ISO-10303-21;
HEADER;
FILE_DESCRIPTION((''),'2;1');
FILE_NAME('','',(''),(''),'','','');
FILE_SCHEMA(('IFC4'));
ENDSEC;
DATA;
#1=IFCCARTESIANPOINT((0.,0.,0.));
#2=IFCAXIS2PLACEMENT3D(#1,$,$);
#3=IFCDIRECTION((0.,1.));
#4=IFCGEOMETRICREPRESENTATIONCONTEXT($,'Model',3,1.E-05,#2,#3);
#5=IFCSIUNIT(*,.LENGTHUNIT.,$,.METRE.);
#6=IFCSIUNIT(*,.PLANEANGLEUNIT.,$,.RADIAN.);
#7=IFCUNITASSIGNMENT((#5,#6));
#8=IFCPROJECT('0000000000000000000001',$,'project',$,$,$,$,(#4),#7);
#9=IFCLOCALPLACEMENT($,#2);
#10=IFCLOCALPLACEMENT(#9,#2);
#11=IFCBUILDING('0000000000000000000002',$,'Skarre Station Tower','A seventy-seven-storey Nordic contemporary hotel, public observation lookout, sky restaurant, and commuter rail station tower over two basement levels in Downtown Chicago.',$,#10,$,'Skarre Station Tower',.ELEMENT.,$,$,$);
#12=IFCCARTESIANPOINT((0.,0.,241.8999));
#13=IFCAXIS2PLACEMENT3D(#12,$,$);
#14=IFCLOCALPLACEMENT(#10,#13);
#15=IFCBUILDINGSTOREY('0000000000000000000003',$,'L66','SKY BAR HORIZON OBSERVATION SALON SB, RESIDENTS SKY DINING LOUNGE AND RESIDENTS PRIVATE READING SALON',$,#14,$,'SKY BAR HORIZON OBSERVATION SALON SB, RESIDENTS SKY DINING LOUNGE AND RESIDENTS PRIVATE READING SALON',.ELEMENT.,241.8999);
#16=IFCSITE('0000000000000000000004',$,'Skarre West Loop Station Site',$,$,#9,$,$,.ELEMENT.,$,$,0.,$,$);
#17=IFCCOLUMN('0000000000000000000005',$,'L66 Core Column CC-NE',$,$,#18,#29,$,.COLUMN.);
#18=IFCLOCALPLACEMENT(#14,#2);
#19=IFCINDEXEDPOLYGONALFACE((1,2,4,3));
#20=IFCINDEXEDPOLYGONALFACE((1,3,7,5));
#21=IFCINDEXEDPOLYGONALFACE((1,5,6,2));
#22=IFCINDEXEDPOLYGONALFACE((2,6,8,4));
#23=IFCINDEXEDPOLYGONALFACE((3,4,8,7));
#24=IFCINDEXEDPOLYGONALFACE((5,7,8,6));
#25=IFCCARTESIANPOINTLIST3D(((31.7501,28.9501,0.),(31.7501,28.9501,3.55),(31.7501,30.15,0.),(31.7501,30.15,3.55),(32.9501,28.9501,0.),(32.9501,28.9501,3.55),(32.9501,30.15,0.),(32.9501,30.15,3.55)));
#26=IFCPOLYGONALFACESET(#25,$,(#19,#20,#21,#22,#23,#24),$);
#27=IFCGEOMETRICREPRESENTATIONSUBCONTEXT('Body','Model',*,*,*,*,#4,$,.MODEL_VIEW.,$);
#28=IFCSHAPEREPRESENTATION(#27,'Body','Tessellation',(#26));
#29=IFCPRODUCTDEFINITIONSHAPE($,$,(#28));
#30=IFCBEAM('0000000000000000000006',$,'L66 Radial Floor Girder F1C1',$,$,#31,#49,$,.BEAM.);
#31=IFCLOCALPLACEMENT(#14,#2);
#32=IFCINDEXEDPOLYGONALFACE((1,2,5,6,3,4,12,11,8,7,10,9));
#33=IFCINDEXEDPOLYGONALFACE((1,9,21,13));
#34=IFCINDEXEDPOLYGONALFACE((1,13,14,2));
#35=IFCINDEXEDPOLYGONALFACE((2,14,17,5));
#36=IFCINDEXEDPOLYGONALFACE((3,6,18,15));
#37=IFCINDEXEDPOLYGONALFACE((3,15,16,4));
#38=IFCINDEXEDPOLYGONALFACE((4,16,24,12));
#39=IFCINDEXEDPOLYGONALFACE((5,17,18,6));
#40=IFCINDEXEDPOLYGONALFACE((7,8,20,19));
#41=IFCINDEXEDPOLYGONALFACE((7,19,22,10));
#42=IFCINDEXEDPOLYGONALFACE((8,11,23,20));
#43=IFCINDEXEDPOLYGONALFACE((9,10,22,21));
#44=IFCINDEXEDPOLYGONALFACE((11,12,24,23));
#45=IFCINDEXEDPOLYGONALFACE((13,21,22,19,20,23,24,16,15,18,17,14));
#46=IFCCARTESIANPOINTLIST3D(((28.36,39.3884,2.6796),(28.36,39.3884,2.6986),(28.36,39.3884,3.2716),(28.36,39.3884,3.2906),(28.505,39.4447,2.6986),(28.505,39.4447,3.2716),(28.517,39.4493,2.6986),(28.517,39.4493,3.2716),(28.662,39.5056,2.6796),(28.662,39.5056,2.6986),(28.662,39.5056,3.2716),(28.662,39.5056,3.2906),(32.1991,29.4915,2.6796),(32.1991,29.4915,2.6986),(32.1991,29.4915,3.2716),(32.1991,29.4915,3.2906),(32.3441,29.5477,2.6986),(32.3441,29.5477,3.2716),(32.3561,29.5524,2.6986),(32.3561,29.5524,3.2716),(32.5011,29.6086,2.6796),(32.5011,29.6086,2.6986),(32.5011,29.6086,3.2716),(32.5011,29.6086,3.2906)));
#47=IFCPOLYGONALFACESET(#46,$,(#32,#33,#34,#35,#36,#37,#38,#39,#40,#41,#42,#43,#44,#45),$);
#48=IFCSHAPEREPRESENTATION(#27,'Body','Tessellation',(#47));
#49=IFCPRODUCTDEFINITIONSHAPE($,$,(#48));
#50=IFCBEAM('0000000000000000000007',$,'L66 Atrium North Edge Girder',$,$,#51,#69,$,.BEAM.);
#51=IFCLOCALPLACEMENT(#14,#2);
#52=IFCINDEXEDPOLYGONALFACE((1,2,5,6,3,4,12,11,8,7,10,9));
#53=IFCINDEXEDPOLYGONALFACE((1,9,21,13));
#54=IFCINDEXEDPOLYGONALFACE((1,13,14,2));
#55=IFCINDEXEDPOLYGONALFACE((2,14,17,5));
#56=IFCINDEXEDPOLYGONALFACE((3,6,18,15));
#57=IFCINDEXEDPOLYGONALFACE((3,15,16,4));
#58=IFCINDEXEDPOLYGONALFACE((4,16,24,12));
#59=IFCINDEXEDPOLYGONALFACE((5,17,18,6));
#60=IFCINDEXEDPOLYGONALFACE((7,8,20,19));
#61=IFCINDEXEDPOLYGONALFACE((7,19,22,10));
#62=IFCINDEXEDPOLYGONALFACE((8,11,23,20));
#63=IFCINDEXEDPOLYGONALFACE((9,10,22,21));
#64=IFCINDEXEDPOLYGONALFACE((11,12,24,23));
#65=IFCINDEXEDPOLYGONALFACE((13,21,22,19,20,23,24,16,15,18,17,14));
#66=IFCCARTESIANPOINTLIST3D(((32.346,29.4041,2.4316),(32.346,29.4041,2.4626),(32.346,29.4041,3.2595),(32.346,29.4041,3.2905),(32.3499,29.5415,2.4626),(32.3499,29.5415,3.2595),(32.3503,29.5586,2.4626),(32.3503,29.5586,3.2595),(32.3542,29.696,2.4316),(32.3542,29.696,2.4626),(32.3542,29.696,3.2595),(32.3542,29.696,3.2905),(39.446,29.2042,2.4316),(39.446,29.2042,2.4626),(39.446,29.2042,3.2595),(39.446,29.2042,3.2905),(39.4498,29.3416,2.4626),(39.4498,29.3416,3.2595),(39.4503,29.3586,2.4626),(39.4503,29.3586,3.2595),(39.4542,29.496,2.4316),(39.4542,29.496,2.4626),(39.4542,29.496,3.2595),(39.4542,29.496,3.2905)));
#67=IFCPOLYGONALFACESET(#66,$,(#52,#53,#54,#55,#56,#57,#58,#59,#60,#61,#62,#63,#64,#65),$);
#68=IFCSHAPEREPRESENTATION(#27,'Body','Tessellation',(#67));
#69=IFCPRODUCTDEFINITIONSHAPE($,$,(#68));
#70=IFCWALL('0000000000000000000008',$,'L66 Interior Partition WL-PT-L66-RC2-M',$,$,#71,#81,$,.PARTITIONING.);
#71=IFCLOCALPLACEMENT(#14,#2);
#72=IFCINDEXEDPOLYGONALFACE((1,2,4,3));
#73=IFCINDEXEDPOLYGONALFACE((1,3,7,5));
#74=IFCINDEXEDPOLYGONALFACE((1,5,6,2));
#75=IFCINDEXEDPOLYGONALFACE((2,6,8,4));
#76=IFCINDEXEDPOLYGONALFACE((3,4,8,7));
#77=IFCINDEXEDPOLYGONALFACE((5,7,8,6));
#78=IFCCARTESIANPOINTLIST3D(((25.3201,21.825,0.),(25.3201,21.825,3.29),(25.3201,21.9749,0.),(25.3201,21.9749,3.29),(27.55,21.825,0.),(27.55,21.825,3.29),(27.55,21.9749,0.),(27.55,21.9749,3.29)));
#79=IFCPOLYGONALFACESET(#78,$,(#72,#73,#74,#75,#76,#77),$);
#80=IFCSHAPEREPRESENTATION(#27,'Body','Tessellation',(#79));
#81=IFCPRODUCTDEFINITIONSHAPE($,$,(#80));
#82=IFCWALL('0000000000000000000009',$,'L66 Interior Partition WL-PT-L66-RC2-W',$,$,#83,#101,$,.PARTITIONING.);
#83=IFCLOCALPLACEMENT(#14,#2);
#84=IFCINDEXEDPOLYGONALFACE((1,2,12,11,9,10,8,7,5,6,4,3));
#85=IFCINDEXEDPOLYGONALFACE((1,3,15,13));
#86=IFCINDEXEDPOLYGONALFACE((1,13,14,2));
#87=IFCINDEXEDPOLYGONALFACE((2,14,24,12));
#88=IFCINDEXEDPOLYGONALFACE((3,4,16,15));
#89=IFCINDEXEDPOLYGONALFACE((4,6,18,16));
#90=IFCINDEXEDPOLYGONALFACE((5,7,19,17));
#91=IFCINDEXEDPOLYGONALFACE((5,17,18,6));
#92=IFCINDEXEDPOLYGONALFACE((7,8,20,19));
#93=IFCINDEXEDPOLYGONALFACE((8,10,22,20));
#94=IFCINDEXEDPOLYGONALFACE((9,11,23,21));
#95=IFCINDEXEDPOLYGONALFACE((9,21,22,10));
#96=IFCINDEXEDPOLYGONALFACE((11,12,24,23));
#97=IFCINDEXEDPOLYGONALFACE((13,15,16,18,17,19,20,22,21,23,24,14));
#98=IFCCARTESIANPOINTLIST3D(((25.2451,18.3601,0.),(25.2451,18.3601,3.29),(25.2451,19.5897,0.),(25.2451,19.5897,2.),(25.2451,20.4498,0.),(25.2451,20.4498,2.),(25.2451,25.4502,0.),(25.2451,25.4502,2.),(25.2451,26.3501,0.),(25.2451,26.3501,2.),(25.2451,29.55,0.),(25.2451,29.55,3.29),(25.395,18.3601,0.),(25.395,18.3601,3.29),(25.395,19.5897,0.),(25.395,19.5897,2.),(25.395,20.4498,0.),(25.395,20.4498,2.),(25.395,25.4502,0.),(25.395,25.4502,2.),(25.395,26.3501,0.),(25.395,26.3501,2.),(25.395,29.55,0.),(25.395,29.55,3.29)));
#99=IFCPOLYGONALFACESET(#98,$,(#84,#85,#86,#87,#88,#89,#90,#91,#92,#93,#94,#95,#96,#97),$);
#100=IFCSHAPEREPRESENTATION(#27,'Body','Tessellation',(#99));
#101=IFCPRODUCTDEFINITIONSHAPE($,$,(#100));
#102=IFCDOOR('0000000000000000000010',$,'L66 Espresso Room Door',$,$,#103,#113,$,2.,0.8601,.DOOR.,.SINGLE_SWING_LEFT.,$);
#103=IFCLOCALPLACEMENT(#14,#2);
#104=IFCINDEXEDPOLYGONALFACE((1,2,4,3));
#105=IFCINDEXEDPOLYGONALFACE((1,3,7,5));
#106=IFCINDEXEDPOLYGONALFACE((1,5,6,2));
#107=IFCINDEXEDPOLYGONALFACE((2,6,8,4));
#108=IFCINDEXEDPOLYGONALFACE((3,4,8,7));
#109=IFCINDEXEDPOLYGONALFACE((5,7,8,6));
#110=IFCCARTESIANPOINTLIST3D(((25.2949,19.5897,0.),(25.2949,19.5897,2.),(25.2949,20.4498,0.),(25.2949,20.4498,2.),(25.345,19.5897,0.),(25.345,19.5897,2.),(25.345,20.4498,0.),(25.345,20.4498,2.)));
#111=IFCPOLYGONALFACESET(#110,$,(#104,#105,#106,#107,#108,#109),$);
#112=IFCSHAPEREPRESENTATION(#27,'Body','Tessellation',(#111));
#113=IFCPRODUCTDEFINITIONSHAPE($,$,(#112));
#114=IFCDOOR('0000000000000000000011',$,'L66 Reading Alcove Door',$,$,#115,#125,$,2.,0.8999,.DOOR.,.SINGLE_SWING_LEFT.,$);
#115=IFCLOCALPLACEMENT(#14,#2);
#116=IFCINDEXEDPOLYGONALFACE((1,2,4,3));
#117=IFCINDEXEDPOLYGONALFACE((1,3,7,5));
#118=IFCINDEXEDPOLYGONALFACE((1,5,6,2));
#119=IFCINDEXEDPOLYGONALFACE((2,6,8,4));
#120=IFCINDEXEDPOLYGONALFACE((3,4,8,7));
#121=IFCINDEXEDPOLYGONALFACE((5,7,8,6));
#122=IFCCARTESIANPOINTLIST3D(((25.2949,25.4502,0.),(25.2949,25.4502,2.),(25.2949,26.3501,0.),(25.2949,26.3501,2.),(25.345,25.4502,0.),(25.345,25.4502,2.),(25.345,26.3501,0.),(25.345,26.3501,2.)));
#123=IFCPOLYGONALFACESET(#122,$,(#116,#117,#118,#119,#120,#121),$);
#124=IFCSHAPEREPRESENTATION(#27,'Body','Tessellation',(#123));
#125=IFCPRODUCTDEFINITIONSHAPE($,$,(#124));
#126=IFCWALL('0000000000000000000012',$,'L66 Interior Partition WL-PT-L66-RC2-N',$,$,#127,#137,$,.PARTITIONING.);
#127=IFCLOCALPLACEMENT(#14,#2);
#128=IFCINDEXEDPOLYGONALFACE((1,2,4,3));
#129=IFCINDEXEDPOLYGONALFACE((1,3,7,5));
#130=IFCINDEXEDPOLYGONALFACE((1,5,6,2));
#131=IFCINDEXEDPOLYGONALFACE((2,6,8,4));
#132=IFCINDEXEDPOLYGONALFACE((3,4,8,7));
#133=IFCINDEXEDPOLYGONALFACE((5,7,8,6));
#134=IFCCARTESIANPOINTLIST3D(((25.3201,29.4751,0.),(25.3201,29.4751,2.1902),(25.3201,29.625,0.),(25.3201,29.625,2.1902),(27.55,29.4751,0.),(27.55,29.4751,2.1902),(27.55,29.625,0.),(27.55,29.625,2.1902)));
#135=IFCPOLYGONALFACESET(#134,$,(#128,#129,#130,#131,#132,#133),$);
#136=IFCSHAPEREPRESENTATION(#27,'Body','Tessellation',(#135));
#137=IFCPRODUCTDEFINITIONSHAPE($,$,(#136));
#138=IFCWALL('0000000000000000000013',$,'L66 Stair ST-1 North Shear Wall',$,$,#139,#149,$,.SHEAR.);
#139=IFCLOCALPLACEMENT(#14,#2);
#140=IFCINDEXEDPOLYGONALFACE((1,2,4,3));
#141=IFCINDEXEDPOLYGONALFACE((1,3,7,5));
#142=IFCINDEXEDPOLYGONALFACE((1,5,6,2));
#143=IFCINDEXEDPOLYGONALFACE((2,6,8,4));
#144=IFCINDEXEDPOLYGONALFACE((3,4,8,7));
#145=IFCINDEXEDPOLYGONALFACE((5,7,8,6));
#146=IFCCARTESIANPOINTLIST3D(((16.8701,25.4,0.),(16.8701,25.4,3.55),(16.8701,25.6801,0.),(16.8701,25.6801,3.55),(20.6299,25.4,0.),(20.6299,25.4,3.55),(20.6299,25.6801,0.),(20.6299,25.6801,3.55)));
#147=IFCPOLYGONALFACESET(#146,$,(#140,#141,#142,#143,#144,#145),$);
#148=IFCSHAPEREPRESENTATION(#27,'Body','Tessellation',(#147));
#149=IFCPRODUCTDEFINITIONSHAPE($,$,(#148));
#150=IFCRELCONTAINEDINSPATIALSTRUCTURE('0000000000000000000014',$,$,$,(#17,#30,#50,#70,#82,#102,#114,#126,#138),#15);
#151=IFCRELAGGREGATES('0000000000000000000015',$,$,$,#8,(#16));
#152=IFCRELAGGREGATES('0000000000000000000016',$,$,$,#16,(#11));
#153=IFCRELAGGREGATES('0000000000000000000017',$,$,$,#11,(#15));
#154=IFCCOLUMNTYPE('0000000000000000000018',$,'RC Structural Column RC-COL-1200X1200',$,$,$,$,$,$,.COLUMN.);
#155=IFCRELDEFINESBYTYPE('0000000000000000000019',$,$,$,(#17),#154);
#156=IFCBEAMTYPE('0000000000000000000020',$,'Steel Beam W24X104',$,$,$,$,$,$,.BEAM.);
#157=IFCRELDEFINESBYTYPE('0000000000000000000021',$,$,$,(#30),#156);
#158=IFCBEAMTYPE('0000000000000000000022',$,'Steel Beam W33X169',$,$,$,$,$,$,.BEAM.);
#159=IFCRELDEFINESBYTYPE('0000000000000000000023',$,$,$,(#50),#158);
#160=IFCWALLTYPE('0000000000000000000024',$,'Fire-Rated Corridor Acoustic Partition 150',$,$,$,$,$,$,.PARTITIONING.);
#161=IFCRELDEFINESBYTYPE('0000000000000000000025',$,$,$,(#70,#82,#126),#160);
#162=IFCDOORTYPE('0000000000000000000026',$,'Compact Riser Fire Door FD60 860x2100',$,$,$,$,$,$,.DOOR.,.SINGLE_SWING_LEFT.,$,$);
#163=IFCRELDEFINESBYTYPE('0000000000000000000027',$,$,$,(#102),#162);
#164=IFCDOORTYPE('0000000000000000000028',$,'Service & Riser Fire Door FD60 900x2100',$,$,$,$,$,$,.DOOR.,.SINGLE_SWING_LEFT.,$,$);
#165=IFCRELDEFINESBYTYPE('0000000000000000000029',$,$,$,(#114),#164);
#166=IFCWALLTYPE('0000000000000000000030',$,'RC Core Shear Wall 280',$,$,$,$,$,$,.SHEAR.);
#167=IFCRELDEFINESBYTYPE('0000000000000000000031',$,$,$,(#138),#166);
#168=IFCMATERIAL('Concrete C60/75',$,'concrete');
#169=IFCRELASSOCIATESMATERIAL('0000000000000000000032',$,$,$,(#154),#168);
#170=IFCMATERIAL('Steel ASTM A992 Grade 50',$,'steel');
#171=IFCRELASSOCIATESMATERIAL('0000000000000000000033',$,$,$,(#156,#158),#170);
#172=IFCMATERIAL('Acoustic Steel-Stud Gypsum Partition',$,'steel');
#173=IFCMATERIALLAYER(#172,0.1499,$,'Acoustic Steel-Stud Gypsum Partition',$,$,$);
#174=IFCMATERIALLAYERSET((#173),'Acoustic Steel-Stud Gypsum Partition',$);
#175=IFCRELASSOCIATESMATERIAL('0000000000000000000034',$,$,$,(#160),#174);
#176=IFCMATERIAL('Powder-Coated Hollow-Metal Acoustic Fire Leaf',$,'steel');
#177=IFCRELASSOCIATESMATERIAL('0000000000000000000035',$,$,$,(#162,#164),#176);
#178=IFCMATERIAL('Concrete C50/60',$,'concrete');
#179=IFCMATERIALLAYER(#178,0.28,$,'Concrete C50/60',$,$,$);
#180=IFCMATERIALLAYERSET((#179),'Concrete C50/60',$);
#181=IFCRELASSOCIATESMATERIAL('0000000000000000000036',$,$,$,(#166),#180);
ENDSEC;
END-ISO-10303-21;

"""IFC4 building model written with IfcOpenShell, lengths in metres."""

from ifc_helpers import new_model, si_unit, direction, frame, frame_2d, origin, origin_2d, place, context, subcontext, project, spatial, rectangle, i_section, extrude, material, layer, layer_set, material_profile, profile_set, type_object, element, fill, save


model = new_model("IFC4")

# Units and contexts
model_context = context("Model", 3, precision=1e-05, world=origin(), true_north=direction((0.0, 1.0)))
body_context = subcontext(model_context, "Body", "Model", "MODEL_VIEW")
ifc_project = project(units=[si_unit("LENGTHUNIT", "METRE"), si_unit("PLANEANGLEUNIT", "RADIAN")], contexts=[model_context])

# Site, building, storey
site_placement = place(None, origin())
site = spatial("IfcSite", under=ifc_project, at=site_placement, Name="Skarre West Loop Station Site", CompositionType="ELEMENT", RefElevation=0.0)
building_placement = place(site_placement, origin())
building = spatial("IfcBuilding", under=site, at=building_placement, Name="Skarre Station Tower", Description="A seventy-seven-storey Nordic contemporary hotel, public observation lookout, sky restaurant, and commuter rail station tower over two basement levels in Downtown Chicago.", LongName="Skarre Station Tower", CompositionType="ELEMENT")
storey_placement = place(building_placement, frame((0.0, 0.0, 241.8999)))
storey = spatial("IfcBuildingStorey", under=building, at=storey_placement, Name="L66", Description="SKY BAR HORIZON OBSERVATION SALON SB, RESIDENTS SKY DINING LOUNGE AND RESIDENTS PRIVATE READING SALON", LongName="SKY BAR HORIZON OBSERVATION SALON SB, RESIDENTS SKY DINING LOUNGE AND RESIDENTS PRIVATE READING SALON", CompositionType="ELEMENT", Elevation=241.8999)

# Column
ifc_material_1 = material(Name="Concrete C60/75", Category="concrete")
ifc_material_profile_1 = material_profile(ifc_material_1, rectangle(XDim=1.2, YDim=1.2, at=origin_2d()), Name="Concrete C60/75")
ifc_profile_set_1 = profile_set([ifc_material_profile_1], Name="Concrete C60/75")
column_type = type_object("IfcColumnType", Name="RC Structural Column RC-COL-1200X1200", PredefinedType="COLUMN", material=ifc_profile_set_1)
column_placement = place(storey_placement, frame((32.3501, 29.55, 0.0), z_axis=(0.0, 0.0, 1.0), x_axis=(1.0, 0.0, 0.0)))
element("IfcColumn", 1, at=column_placement, inside=storey, type_object=column_type, Name="L66 Core Column CC-NE", PredefinedType="COLUMN", context=body_context, shape_type="SweptSolid", body=[
    extrude(rectangle(XDim=1.2, YDim=1.2, at=origin_2d()), origin(), (0.0, 0.0, 1.0), 3.55),
])

# Beams
ifc_material_2 = material(Name="Steel ASTM A992 Grade 50", Category="steel")
ifc_material_profile_2 = material_profile(ifc_material_2, i_section(OverallWidth=0.324, OverallDepth=0.6111, WebThickness=0.0129, FlangeThickness=0.019, at=origin_2d()), Name="Steel ASTM A992 Grade 50")
ifc_profile_set_2 = profile_set([ifc_material_profile_2], Name="Steel ASTM A992 Grade 50")
beam_type_1 = type_object("IfcBeamType", Name="Steel Beam W24X104", PredefinedType="BEAM", material=ifc_profile_set_2)
beam_1_placement = place(storey_placement, frame((32.3501, 29.55, 2.9851), z_axis=(-0.361651, 0.932313, 0.0), x_axis=(-0.932313, -0.361651, 0.0)))
element("IfcBeam", 2, at=beam_1_placement, inside=storey, type_object=beam_type_1, Name="L66 Radial Floor Girder F1C1", PredefinedType="BEAM", context=body_context, shape_type="SweptSolid", body=[
    extrude(i_section(OverallWidth=0.324, OverallDepth=0.6111, WebThickness=0.0129, FlangeThickness=0.019, at=origin_2d()), origin(), (0.0, 0.0, 1.0), 10.6155),
])
ifc_material_profile_3 = material_profile(ifc_material_2, i_section(OverallWidth=0.292, OverallDepth=0.8589, WebThickness=0.0171, FlangeThickness=0.031, at=origin_2d()), Name="Steel ASTM A992 Grade 50")
ifc_profile_set_3 = profile_set([ifc_material_profile_3], Name="Steel ASTM A992 Grade 50")
beam_type_2 = type_object("IfcBeamType", Name="Steel Beam W33X169", PredefinedType="BEAM", material=ifc_profile_set_3)
beam_2_placement = place(storey_placement, frame((32.3501, 29.55, 2.8611), z_axis=(0.999604, -0.028152, 0.0), x_axis=(0.028152, 0.999604, 0.0)))
element("IfcBeam", 3, at=beam_2_placement, inside=storey, type_object=beam_type_2, Name="L66 Atrium North Edge Girder", PredefinedType="BEAM", context=body_context, shape_type="SweptSolid", body=[
    extrude(i_section(OverallWidth=0.292, OverallDepth=0.8589, WebThickness=0.0171, FlangeThickness=0.031, at=origin_2d()), origin(), (0.0, 0.0, 1.0), 7.1028),
])

# Wall
ifc_material_3 = material(Name="Acoustic Steel-Stud Gypsum Partition", Category="steel")
ifc_layer_1 = layer(ifc_material_3, 0.1499, Name="Acoustic Steel-Stud Gypsum Partition")
ifc_layer_set_1 = layer_set([ifc_layer_1], Name="Acoustic Steel-Stud Gypsum Partition")
wall_type_1 = type_object("IfcWallType", Name="Fire-Rated Corridor Acoustic Partition 150", PredefinedType="PARTITIONING", material=ifc_layer_set_1)
wall_1_placement = place(storey_placement, frame((25.3201, 21.8999, 0.0), z_axis=(0.0, 0.0, 1.0), x_axis=(1.0, 0.0, 0.0)))
element("IfcWall", 4, at=wall_1_placement, inside=storey, type_object=wall_type_1, Name="L66 Interior Partition WL-PT-L66-RC2-M", PredefinedType="PARTITIONING", context=body_context, shape_type="SweptSolid", body=[
    extrude(rectangle(XDim=2.23, YDim=0.1499, at=frame_2d((1.115, 0.0))), origin(), (0.0, 0.0, 1.0), 3.29),
])

# Wall, openings, doors
wall_2_placement = place(storey_placement, frame((25.3201, 29.55, 0.0), z_axis=(0.0, 0.0, 1.0), x_axis=(0.0, -1.0, 0.0)))
wall_2 = element("IfcWall", 5, at=wall_2_placement, inside=storey, type_object=wall_type_1, Name="L66 Interior Partition WL-PT-L66-RC2-W", PredefinedType="PARTITIONING", context=body_context, shape_type="SweptSolid", body=[
    extrude(rectangle(XDim=11.1899, YDim=0.1499, at=frame_2d((5.595, 0.0))), origin(), (0.0, 0.0, 1.0), 3.29),
])
opening_1_placement = place(wall_2_placement, frame((3.2, 0.0, 0.0)))
opening_1 = element("IfcOpeningElement", 6, at=opening_1_placement, cuts=wall_2, PredefinedType="OPENING", context=body_context, shape_type="SweptSolid", body=[
    extrude(rectangle(XDim=0.8999, YDim=2.0, at=frame_2d((0.45, 1.0))), frame((0.0, 0.085, 0.0), z_axis=(0.0, -1.0, 0.0), x_axis=(1.0, 0.0, 0.0)), (0.0, 0.0, 1.0), 0.1699),
])
opening_2_placement = place(wall_2_placement, frame((9.1001, 0.0, 0.0)))
opening_2 = element("IfcOpeningElement", 7, at=opening_2_placement, cuts=wall_2, PredefinedType="OPENING", context=body_context, shape_type="SweptSolid", body=[
    extrude(rectangle(XDim=0.8601, YDim=2.0, at=frame_2d((0.4302, 1.0))), frame((0.0, 0.085, 0.0), z_axis=(0.0, -1.0, 0.0), x_axis=(1.0, 0.0, 0.0)), (0.0, 0.0, 1.0), 0.1699),
])
ifc_material_4 = material(Name="Powder-Coated Hollow-Metal Acoustic Fire Leaf", Category="steel")
door_type_1 = type_object("IfcDoorType", Name="Compact Riser Fire Door FD60 860x2100", OperationType="SINGLE_SWING_LEFT", PredefinedType="DOOR", material=ifc_material_4)
door_1_placement = place(opening_2_placement, origin())
door_1 = element("IfcDoor", 8, at=door_1_placement, inside=storey, type_object=door_type_1, Name="L66 Espresso Room Door", OperationType="SINGLE_SWING_LEFT", OverallHeight=2.0, OverallWidth=0.8601, PredefinedType="DOOR", context=body_context, shape_type="SweptSolid", body=[
    extrude(rectangle(XDim=0.8601, YDim=2.0, at=frame_2d((0.4302, 1.0))), frame((0.0, 0.0249, 0.0), z_axis=(0.0, -1.0, 0.0), x_axis=(1.0, 0.0, 0.0)), (0.0, 0.0, 1.0), 0.05),
])
fill(opening_2, door_1)
door_type_2 = type_object("IfcDoorType", Name="Service & Riser Fire Door FD60 900x2100", OperationType="SINGLE_SWING_LEFT", PredefinedType="DOOR", material=ifc_material_4)
door_2_placement = place(opening_1_placement, origin())
door_2 = element("IfcDoor", 9, at=door_2_placement, inside=storey, type_object=door_type_2, Name="L66 Reading Alcove Door", OperationType="SINGLE_SWING_LEFT", OverallHeight=2.0, OverallWidth=0.8999, PredefinedType="DOOR", context=body_context, shape_type="SweptSolid", body=[
    extrude(rectangle(XDim=0.8999, YDim=2.0, at=frame_2d((0.45, 1.0))), frame((0.0, 0.0249, 0.0), z_axis=(0.0, -1.0, 0.0), x_axis=(1.0, 0.0, 0.0)), (0.0, 0.0, 1.0), 0.05),
])
fill(opening_1, door_2)

# Walls
wall_3_placement = place(storey_placement, frame((27.55, 29.55, 0.0), z_axis=(0.0, 0.0, 1.0), x_axis=(-1.0, 0.0, 0.0)))
element("IfcWall", 10, at=wall_3_placement, inside=storey, type_object=wall_type_1, Name="L66 Interior Partition WL-PT-L66-RC2-N", PredefinedType="PARTITIONING", context=body_context, shape_type="SweptSolid", body=[
    extrude(rectangle(XDim=2.23, YDim=0.1499, at=frame_2d((1.115, 0.0))), origin(), (0.0, 0.0, 1.0), 2.1902),
])
ifc_material_5 = material(Name="Concrete C50/60", Category="concrete")
ifc_layer_2 = layer(ifc_material_5, 0.28, Name="Concrete C50/60")
ifc_layer_set_2 = layer_set([ifc_layer_2], Name="Concrete C50/60")
wall_type_2 = type_object("IfcWallType", Name="RC Core Shear Wall 280", PredefinedType="SHEAR", material=ifc_layer_set_2)
wall_4_placement = place(storey_placement, frame((20.6299, 25.54, 0.0), z_axis=(0.0, 0.0, 1.0), x_axis=(-1.0, 0.0, 0.0)))
element("IfcWall", 11, at=wall_4_placement, inside=storey, type_object=wall_type_2, Name="L66 Stair ST-1 North Shear Wall", PredefinedType="SHEAR", context=body_context, shape_type="SweptSolid", body=[
    extrude(rectangle(XDim=3.7598, YDim=0.28, at=frame_2d((1.8799, 0.0))), origin(), (0.0, 0.0, 1.0), 3.55),
])

save(model, "model.ifc")
